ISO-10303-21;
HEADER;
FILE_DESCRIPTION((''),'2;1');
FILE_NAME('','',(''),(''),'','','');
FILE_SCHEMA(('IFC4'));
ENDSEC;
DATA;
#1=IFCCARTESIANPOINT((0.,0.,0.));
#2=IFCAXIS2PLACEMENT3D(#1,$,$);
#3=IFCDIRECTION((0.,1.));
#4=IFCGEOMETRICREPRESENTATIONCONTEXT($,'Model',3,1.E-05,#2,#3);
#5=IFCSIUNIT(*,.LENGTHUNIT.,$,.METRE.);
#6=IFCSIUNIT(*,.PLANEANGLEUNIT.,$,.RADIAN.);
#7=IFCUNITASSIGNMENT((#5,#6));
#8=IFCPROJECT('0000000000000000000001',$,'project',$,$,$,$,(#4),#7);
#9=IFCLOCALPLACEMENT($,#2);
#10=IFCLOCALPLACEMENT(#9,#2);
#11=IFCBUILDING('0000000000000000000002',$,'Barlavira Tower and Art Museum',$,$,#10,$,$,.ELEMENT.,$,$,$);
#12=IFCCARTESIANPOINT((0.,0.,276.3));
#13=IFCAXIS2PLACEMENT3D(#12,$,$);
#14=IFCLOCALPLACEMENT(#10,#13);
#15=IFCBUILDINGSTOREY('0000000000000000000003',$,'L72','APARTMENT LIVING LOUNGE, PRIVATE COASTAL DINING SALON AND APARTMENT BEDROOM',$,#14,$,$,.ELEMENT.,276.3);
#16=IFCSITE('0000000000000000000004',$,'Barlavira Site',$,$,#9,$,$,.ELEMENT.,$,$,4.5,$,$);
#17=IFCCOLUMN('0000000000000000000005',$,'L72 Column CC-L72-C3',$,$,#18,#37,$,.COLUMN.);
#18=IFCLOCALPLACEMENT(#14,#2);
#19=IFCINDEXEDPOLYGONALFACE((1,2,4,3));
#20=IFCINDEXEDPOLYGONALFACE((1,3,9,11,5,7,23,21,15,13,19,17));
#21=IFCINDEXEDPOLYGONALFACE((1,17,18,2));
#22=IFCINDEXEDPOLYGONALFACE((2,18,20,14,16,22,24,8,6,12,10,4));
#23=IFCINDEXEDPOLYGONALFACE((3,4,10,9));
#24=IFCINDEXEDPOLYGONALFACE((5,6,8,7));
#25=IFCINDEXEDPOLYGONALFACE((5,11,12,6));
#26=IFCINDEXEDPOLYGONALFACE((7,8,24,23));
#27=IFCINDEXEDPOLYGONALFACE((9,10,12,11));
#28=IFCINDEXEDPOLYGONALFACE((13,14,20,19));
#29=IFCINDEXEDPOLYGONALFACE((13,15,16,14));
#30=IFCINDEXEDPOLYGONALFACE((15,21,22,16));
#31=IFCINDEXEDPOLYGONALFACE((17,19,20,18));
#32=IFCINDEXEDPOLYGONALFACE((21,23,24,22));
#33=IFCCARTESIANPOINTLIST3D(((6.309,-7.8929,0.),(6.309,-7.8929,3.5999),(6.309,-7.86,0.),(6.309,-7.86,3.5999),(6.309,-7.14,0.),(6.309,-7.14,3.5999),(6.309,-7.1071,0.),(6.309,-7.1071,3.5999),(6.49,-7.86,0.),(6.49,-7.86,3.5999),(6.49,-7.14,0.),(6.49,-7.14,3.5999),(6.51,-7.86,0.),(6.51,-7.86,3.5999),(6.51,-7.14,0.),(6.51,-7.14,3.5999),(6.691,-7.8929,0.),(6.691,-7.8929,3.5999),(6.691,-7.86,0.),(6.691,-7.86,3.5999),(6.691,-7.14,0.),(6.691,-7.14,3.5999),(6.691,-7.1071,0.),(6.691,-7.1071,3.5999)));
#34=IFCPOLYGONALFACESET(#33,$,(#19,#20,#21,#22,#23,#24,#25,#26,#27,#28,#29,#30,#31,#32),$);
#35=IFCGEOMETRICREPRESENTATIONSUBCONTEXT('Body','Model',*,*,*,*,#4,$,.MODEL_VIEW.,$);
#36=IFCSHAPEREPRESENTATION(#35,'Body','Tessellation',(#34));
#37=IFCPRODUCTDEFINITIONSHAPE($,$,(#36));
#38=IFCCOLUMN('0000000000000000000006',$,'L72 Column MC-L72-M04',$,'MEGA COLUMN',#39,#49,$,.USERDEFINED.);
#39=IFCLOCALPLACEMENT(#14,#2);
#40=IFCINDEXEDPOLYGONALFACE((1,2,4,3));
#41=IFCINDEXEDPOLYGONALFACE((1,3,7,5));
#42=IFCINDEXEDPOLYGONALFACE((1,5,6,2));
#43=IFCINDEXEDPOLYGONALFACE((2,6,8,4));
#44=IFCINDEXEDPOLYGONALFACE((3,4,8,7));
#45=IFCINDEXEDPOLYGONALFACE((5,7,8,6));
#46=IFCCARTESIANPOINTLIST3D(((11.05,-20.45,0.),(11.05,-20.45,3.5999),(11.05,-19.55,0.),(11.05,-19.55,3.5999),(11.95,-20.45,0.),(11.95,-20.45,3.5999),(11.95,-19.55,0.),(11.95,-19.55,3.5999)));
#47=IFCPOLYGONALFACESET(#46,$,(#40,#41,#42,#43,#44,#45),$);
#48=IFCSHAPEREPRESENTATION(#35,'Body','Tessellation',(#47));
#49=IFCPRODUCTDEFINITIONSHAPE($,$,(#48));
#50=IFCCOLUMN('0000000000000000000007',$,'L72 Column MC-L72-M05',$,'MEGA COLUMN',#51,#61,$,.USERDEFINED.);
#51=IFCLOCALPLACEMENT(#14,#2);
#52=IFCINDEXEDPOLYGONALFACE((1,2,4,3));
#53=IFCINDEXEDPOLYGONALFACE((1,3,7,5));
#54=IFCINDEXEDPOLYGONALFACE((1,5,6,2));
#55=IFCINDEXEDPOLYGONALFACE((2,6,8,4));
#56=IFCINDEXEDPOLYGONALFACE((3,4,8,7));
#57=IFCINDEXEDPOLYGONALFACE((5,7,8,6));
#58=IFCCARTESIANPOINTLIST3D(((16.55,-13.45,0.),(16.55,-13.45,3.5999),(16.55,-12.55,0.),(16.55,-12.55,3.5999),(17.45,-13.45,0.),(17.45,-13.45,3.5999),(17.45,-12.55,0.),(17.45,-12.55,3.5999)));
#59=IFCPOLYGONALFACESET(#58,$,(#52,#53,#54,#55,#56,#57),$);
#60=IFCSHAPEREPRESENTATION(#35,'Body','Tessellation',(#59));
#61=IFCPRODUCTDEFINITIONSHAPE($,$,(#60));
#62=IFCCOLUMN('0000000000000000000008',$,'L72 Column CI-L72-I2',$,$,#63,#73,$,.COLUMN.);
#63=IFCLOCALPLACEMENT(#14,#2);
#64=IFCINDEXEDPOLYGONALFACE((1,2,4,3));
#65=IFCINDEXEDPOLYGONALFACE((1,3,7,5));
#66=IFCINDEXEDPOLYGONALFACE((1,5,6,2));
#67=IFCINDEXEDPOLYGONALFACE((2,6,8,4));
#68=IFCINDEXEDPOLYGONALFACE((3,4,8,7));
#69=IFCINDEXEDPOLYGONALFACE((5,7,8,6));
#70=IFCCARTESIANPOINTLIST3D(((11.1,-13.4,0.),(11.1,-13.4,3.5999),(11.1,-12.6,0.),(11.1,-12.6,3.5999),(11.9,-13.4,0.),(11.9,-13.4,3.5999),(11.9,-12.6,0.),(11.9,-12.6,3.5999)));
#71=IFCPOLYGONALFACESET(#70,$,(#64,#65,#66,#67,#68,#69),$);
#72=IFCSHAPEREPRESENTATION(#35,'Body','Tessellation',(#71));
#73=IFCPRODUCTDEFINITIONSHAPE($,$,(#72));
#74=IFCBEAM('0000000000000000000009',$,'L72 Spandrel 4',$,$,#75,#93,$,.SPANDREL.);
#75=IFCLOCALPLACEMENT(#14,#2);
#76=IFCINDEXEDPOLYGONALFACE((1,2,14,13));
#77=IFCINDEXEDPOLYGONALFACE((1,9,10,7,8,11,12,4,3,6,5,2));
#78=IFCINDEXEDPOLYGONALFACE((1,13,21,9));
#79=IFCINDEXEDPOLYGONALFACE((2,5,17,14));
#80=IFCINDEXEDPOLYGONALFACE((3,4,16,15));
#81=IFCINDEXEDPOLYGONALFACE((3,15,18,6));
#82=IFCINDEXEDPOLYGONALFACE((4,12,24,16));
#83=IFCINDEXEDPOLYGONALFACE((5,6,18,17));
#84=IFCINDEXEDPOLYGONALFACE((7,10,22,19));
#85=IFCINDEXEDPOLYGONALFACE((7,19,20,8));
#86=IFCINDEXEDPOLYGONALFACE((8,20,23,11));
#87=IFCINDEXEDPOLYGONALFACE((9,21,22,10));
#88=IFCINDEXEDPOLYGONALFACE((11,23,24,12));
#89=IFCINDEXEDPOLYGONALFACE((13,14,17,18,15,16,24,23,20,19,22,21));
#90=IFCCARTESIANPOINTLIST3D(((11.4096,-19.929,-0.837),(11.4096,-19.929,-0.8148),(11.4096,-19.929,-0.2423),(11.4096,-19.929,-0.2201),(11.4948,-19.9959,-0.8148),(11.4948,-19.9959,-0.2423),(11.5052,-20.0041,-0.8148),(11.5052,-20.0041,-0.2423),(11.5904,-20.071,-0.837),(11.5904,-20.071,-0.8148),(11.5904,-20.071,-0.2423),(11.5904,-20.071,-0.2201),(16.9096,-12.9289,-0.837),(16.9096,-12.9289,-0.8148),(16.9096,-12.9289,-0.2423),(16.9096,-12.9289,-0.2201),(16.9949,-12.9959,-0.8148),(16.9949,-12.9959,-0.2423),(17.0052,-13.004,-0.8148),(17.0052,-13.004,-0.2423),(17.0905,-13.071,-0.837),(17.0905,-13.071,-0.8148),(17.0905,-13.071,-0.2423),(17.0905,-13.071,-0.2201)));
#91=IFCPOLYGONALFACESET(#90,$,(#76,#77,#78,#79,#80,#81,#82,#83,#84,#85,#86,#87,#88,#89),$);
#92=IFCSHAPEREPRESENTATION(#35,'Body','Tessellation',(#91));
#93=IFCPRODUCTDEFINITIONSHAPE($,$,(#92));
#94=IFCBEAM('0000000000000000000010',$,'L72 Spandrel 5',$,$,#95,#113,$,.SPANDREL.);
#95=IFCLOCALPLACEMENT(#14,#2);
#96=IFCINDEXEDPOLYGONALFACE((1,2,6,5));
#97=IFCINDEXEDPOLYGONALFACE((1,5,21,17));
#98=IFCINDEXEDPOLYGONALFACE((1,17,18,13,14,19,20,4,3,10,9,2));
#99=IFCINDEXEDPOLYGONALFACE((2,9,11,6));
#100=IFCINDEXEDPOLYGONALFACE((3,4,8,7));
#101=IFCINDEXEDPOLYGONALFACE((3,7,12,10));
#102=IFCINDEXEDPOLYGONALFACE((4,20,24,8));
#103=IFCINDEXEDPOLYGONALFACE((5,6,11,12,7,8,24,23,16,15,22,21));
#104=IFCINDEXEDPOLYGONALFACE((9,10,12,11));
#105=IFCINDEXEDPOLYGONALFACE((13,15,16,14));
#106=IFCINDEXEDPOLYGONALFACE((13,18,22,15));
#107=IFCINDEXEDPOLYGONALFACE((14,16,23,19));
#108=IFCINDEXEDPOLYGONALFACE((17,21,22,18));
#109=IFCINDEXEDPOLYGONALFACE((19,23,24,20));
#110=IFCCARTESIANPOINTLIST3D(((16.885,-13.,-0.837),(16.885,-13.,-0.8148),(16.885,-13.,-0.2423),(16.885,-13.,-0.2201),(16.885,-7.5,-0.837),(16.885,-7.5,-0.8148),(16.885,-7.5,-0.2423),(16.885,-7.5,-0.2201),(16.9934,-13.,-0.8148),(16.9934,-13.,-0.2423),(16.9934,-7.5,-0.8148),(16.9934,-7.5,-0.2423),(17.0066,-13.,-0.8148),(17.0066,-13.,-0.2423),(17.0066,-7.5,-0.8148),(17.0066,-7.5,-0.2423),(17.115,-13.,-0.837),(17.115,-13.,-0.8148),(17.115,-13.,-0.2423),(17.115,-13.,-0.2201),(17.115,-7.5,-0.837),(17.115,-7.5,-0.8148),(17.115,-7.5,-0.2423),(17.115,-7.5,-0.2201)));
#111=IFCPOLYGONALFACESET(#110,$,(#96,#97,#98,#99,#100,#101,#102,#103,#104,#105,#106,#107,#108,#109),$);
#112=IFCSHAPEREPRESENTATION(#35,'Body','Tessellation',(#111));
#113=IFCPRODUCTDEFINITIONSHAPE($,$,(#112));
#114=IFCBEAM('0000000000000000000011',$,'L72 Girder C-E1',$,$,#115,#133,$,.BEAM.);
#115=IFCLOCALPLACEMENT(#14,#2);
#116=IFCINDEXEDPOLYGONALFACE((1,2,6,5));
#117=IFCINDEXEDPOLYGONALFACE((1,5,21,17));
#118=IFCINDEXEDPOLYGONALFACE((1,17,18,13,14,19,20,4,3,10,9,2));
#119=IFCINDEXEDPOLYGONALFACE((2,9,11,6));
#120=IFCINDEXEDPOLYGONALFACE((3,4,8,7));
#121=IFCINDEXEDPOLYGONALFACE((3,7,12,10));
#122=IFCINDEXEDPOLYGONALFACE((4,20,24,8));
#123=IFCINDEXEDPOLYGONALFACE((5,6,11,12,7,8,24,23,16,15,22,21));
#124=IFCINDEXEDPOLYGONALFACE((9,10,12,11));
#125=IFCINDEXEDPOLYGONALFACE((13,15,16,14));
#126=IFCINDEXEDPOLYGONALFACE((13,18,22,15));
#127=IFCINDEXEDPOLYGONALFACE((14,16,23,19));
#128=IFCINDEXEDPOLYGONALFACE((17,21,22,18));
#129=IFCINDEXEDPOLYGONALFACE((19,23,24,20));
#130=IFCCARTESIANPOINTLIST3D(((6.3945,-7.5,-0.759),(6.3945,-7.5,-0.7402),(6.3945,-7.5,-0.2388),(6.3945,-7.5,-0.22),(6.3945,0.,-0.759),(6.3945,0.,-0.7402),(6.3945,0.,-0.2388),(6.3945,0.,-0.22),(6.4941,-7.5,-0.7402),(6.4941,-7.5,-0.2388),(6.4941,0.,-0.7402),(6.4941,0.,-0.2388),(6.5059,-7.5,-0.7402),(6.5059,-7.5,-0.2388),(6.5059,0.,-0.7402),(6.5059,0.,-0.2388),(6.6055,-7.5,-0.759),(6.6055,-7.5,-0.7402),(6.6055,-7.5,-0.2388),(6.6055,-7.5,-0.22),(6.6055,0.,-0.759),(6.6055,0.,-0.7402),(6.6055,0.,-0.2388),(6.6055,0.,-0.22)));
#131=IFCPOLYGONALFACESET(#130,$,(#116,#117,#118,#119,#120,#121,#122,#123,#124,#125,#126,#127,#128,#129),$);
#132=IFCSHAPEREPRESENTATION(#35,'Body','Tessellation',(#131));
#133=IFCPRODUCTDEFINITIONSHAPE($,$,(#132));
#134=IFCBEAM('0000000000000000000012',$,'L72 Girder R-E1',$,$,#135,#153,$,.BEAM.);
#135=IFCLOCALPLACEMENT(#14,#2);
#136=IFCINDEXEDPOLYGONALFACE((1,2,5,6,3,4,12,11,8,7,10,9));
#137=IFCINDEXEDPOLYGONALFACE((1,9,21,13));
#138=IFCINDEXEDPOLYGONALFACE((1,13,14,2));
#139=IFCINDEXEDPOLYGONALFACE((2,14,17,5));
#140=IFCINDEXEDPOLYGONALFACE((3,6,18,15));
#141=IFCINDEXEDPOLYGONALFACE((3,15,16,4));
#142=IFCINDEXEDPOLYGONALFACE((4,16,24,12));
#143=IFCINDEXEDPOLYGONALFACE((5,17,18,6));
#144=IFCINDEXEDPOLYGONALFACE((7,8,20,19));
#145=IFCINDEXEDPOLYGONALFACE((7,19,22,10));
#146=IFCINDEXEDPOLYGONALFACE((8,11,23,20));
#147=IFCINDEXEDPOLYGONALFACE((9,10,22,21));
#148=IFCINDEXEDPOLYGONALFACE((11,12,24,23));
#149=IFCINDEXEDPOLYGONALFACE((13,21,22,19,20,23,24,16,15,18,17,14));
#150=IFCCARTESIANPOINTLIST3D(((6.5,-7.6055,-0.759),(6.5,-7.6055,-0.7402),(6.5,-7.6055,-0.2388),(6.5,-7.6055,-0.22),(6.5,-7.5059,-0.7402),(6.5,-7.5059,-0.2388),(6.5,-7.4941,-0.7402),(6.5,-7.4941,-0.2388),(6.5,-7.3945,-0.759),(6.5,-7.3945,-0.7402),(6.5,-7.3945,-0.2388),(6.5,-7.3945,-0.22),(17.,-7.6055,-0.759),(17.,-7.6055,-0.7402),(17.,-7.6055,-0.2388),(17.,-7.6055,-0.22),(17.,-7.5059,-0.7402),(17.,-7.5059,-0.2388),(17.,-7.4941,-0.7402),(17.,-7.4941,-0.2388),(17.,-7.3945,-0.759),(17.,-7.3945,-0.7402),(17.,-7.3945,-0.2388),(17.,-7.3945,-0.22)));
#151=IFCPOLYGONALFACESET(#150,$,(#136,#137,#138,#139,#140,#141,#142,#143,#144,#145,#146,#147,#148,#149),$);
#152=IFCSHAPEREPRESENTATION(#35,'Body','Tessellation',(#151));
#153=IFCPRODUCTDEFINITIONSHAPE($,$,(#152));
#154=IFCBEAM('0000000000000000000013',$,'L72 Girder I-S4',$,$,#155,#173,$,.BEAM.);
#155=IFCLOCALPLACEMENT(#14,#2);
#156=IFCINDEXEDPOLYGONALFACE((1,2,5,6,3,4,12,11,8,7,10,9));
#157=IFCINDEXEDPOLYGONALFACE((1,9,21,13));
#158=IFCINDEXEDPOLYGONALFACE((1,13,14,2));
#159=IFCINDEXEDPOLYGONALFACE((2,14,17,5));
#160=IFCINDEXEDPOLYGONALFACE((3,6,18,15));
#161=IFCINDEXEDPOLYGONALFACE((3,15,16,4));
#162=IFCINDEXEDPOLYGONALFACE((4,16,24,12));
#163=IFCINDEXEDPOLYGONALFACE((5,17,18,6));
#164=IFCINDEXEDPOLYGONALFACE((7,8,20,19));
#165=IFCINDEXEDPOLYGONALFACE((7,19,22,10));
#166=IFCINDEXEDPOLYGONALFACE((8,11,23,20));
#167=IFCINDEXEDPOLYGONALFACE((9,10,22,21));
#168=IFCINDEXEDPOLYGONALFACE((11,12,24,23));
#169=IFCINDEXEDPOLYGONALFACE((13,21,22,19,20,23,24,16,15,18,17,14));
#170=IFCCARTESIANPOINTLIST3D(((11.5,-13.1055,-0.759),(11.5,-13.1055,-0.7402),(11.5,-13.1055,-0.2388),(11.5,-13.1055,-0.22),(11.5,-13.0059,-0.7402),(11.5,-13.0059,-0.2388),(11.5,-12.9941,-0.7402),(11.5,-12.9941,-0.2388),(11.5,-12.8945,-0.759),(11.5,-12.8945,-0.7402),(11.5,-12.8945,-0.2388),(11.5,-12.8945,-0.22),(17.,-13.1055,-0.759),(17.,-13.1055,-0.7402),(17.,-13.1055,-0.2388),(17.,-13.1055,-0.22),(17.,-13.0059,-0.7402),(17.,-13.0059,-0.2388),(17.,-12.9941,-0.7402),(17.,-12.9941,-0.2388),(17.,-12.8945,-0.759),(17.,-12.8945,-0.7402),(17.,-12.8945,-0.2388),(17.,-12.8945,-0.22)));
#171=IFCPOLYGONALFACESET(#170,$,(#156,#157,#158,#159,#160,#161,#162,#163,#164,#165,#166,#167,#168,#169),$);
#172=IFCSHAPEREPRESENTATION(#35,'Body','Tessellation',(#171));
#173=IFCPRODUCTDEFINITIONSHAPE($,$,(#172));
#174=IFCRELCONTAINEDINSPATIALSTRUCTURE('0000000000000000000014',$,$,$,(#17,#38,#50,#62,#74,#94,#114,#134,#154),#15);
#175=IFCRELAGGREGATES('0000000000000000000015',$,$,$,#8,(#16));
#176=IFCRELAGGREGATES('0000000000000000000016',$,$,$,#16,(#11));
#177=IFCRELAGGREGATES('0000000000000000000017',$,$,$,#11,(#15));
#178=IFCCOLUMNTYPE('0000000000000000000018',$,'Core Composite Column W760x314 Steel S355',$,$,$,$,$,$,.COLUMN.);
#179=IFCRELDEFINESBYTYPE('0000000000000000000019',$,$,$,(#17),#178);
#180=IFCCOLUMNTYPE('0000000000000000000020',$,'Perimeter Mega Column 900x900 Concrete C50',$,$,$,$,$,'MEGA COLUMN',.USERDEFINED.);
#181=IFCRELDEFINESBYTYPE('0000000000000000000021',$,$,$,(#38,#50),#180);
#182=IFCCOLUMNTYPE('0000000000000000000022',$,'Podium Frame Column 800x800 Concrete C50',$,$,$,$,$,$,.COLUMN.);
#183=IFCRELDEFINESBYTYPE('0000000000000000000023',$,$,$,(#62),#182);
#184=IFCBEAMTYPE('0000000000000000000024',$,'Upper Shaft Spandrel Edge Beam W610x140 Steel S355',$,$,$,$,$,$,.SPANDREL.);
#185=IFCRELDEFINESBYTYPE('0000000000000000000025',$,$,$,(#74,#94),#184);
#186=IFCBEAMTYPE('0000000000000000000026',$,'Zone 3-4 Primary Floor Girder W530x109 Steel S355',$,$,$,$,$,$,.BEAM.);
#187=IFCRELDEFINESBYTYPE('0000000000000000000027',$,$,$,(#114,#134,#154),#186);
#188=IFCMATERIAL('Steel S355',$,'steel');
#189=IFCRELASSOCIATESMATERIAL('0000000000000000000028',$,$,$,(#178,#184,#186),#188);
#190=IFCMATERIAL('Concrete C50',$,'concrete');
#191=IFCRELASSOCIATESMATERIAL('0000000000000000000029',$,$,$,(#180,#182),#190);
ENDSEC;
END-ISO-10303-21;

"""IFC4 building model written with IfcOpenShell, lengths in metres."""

from ifc_helpers import new_model, si_unit, direction, frame, origin, origin_2d, place, context, subcontext, project, spatial, rectangle, i_section, extrude, material, material_profile, profile_set, type_object, element, save


model = new_model("IFC4")

# Units and contexts
model_context = context("Model", 3, precision=1e-05, world=origin(), true_north=direction((0.0, 1.0)))
body_context = subcontext(model_context, "Body", "Model", "MODEL_VIEW")
ifc_project = project(units=[si_unit("LENGTHUNIT", "METRE"), si_unit("PLANEANGLEUNIT", "RADIAN")], contexts=[model_context])

# Site, building, storey
site_placement = place(None, origin())
site = spatial("IfcSite", under=ifc_project, at=site_placement, Name="Barlavira Site", CompositionType="ELEMENT", RefElevation=4.5)
building_placement = place(site_placement, origin())
building = spatial("IfcBuilding", under=site, at=building_placement, Name="Barlavira Tower and Art Museum", CompositionType="ELEMENT")
storey_placement = place(building_placement, frame((0.0, 0.0, 276.3)))
storey = spatial("IfcBuildingStorey", under=building, at=storey_placement, Name="L72", Description="APARTMENT LIVING LOUNGE, PRIVATE COASTAL DINING SALON AND APARTMENT BEDROOM", CompositionType="ELEMENT", Elevation=276.3)

# Columns
ifc_material_1 = material(Name="Steel S355", Category="steel")
ifc_material_profile_1 = material_profile(ifc_material_1, i_section(OverallWidth=0.3821, OverallDepth=0.7859, WebThickness=0.02, FlangeThickness=0.033, at=origin_2d()), Name="W760x314.0")
ifc_profile_set_1 = profile_set([ifc_material_profile_1], Name="Steel S355")
column_type_1 = type_object("IfcColumnType", Name="Core Composite Column W760x314 Steel S355", PredefinedType="COLUMN", material=ifc_profile_set_1)
column_1_placement = place(storey_placement, frame((6.5, -7.5, 0.0), z_axis=(0.0, 0.0, 1.0), x_axis=(1.0, 0.0, 0.0)))
element("IfcColumn", 1, at=column_1_placement, inside=storey, type_object=column_type_1, Name="L72 Column CC-L72-C3", PredefinedType="COLUMN", context=body_context, shape_type="SweptSolid", body=[
    extrude(i_section(OverallWidth=0.3821, OverallDepth=0.7859, WebThickness=0.02, FlangeThickness=0.033, at=origin_2d()), origin(), (0.0, 0.0, 1.0), 3.5999),
])
ifc_material_2 = material(Name="Concrete C50", Category="concrete")
ifc_material_profile_2 = material_profile(ifc_material_2, rectangle(XDim=0.8999, YDim=0.8999, at=origin_2d()), Name="RC-COL 900x900")
ifc_profile_set_2 = profile_set([ifc_material_profile_2], Name="Concrete C50")
column_type_2 = type_object("IfcColumnType", Name="Perimeter Mega Column 900x900 Concrete C50", ElementType="MEGA COLUMN", PredefinedType="USERDEFINED", material=ifc_profile_set_2)
for number, where, z_axis, x_axis, name in (
    (2, (11.5, -20.0, 0.0), (0.0, 0.0, 1.0), (1.0, 0.0, 0.0), "L72 Column MC-L72-M04"),
    (3, (17.0, -13.0, 0.0), (0.0, 0.0, 1.0), (1.0, 0.0, 0.0), "L72 Column MC-L72-M05"),
):
    element("IfcColumn", number, at=place(storey_placement, frame(where, z_axis=z_axis, x_axis=x_axis)), inside=storey, type_object=column_type_2, Name=name, ObjectType="MEGA COLUMN", PredefinedType="USERDEFINED", context=body_context, shape_type="SweptSolid", body=[
        extrude(rectangle(XDim=0.8999, YDim=0.8999, at=origin_2d()), origin(), (0.0, 0.0, 1.0), 3.5999),
    ])
ifc_material_profile_3 = material_profile(ifc_material_2, rectangle(XDim=0.8, YDim=0.8, at=origin_2d()), Name="RC-COL 800x800")
ifc_profile_set_3 = profile_set([ifc_material_profile_3], Name="Concrete C50")
column_type_3 = type_object("IfcColumnType", Name="Podium Frame Column 800x800 Concrete C50", PredefinedType="COLUMN", material=ifc_profile_set_3)
column_2_placement = place(storey_placement, frame((11.5, -13.0, 0.0), z_axis=(0.0, 0.0, 1.0), x_axis=(1.0, 0.0, 0.0)))
element("IfcColumn", 4, at=column_2_placement, inside=storey, type_object=column_type_3, Name="L72 Column CI-L72-I2", PredefinedType="COLUMN", context=body_context, shape_type="SweptSolid", body=[
    extrude(rectangle(XDim=0.8, YDim=0.8, at=origin_2d()), origin(), (0.0, 0.0, 1.0), 3.5999),
])

# Beams
ifc_material_profile_4 = material_profile(ifc_material_1, i_section(OverallWidth=0.23, OverallDepth=0.6169, WebThickness=0.0132, FlangeThickness=0.0222, at=origin_2d()), Name="W610x140.0")
ifc_profile_set_4 = profile_set([ifc_material_profile_4], Name="Steel S355")
beam_type_1 = type_object("IfcBeamType", Name="Upper Shaft Spandrel Edge Beam W610x140 Steel S355", PredefinedType="SPANDREL", material=ifc_profile_set_4)
beam_1_placement = place(storey_placement, frame((11.5, -20.0, -0.5286), z_axis=(0.617822, 0.786318, 0.0), x_axis=(-0.786318, 0.617822, 0.0)))
element("IfcBeam", 5, at=beam_1_placement, inside=storey, type_object=beam_type_1, Name="L72 Spandrel 4", PredefinedType="SPANDREL", context=body_context, shape_type="SweptSolid", body=[
    extrude(i_section(OverallWidth=0.23, OverallDepth=0.6169, WebThickness=0.0132, FlangeThickness=0.0222, at=origin_2d()), origin(), (0.0, 0.0, 1.0), 8.9023),
])
beam_2_placement = place(storey_placement, frame((17.0, -13.0, -0.5286), z_axis=(0.0, 1.0, 0.0), x_axis=(-1.0, 0.0, 0.0)))
element("IfcBeam", 6, at=beam_2_placement, inside=storey, type_object=beam_type_1, Name="L72 Spandrel 5", PredefinedType="SPANDREL", context=body_context, shape_type="SweptSolid", body=[
    extrude(i_section(OverallWidth=0.23, OverallDepth=0.6169, WebThickness=0.0132, FlangeThickness=0.0222, at=origin_2d()), origin(), (0.0, 0.0, 1.0), 5.5),
])
ifc_material_profile_5 = material_profile(ifc_material_1, i_section(OverallWidth=0.2109, OverallDepth=0.5391, WebThickness=0.0117, FlangeThickness=0.0188, at=origin_2d()), Name="W530x109.0")
ifc_profile_set_5 = profile_set([ifc_material_profile_5], Name="Steel S355")
beam_type_2 = type_object("IfcBeamType", Name="Zone 3-4 Primary Floor Girder W530x109 Steel S355", PredefinedType="BEAM", material=ifc_profile_set_5)
beam_3_placement = place(storey_placement, frame((6.5, -7.5, -0.4895), z_axis=(0.0, 1.0, 0.0), x_axis=(-1.0, 0.0, 0.0)))
element("IfcBeam", 7, at=beam_3_placement, inside=storey, type_object=beam_type_2, Name="L72 Girder C-E1", PredefinedType="BEAM", context=body_context, shape_type="SweptSolid", body=[
    extrude(i_section(OverallWidth=0.2109, OverallDepth=0.5391, WebThickness=0.0117, FlangeThickness=0.0188, at=origin_2d()), origin(), (0.0, 0.0, 1.0), 7.5),
])
beam_4_placement = place(storey_placement, frame((6.5, -7.5, -0.4895), z_axis=(1.0, 0.0, 0.0), x_axis=(0.0, 1.0, 0.0)))
element("IfcBeam", 8, at=beam_4_placement, inside=storey, type_object=beam_type_2, Name="L72 Girder R-E1", PredefinedType="BEAM", context=body_context, shape_type="SweptSolid", body=[
    extrude(i_section(OverallWidth=0.2109, OverallDepth=0.5391, WebThickness=0.0117, FlangeThickness=0.0188, at=origin_2d()), origin(), (0.0, 0.0, 1.0), 10.5),
])
beam_5_placement = place(storey_placement, frame((11.5, -13.0, -0.4895), z_axis=(1.0, 0.0, 0.0), x_axis=(0.0, 1.0, 0.0)))
element("IfcBeam", 9, at=beam_5_placement, inside=storey, type_object=beam_type_2, Name="L72 Girder I-S4", PredefinedType="BEAM", context=body_context, shape_type="SweptSolid", body=[
    extrude(i_section(OverallWidth=0.2109, OverallDepth=0.5391, WebThickness=0.0117, FlangeThickness=0.0188, at=origin_2d()), origin(), (0.0, 0.0, 1.0), 5.5),
])

save(model, "model.ifc")
